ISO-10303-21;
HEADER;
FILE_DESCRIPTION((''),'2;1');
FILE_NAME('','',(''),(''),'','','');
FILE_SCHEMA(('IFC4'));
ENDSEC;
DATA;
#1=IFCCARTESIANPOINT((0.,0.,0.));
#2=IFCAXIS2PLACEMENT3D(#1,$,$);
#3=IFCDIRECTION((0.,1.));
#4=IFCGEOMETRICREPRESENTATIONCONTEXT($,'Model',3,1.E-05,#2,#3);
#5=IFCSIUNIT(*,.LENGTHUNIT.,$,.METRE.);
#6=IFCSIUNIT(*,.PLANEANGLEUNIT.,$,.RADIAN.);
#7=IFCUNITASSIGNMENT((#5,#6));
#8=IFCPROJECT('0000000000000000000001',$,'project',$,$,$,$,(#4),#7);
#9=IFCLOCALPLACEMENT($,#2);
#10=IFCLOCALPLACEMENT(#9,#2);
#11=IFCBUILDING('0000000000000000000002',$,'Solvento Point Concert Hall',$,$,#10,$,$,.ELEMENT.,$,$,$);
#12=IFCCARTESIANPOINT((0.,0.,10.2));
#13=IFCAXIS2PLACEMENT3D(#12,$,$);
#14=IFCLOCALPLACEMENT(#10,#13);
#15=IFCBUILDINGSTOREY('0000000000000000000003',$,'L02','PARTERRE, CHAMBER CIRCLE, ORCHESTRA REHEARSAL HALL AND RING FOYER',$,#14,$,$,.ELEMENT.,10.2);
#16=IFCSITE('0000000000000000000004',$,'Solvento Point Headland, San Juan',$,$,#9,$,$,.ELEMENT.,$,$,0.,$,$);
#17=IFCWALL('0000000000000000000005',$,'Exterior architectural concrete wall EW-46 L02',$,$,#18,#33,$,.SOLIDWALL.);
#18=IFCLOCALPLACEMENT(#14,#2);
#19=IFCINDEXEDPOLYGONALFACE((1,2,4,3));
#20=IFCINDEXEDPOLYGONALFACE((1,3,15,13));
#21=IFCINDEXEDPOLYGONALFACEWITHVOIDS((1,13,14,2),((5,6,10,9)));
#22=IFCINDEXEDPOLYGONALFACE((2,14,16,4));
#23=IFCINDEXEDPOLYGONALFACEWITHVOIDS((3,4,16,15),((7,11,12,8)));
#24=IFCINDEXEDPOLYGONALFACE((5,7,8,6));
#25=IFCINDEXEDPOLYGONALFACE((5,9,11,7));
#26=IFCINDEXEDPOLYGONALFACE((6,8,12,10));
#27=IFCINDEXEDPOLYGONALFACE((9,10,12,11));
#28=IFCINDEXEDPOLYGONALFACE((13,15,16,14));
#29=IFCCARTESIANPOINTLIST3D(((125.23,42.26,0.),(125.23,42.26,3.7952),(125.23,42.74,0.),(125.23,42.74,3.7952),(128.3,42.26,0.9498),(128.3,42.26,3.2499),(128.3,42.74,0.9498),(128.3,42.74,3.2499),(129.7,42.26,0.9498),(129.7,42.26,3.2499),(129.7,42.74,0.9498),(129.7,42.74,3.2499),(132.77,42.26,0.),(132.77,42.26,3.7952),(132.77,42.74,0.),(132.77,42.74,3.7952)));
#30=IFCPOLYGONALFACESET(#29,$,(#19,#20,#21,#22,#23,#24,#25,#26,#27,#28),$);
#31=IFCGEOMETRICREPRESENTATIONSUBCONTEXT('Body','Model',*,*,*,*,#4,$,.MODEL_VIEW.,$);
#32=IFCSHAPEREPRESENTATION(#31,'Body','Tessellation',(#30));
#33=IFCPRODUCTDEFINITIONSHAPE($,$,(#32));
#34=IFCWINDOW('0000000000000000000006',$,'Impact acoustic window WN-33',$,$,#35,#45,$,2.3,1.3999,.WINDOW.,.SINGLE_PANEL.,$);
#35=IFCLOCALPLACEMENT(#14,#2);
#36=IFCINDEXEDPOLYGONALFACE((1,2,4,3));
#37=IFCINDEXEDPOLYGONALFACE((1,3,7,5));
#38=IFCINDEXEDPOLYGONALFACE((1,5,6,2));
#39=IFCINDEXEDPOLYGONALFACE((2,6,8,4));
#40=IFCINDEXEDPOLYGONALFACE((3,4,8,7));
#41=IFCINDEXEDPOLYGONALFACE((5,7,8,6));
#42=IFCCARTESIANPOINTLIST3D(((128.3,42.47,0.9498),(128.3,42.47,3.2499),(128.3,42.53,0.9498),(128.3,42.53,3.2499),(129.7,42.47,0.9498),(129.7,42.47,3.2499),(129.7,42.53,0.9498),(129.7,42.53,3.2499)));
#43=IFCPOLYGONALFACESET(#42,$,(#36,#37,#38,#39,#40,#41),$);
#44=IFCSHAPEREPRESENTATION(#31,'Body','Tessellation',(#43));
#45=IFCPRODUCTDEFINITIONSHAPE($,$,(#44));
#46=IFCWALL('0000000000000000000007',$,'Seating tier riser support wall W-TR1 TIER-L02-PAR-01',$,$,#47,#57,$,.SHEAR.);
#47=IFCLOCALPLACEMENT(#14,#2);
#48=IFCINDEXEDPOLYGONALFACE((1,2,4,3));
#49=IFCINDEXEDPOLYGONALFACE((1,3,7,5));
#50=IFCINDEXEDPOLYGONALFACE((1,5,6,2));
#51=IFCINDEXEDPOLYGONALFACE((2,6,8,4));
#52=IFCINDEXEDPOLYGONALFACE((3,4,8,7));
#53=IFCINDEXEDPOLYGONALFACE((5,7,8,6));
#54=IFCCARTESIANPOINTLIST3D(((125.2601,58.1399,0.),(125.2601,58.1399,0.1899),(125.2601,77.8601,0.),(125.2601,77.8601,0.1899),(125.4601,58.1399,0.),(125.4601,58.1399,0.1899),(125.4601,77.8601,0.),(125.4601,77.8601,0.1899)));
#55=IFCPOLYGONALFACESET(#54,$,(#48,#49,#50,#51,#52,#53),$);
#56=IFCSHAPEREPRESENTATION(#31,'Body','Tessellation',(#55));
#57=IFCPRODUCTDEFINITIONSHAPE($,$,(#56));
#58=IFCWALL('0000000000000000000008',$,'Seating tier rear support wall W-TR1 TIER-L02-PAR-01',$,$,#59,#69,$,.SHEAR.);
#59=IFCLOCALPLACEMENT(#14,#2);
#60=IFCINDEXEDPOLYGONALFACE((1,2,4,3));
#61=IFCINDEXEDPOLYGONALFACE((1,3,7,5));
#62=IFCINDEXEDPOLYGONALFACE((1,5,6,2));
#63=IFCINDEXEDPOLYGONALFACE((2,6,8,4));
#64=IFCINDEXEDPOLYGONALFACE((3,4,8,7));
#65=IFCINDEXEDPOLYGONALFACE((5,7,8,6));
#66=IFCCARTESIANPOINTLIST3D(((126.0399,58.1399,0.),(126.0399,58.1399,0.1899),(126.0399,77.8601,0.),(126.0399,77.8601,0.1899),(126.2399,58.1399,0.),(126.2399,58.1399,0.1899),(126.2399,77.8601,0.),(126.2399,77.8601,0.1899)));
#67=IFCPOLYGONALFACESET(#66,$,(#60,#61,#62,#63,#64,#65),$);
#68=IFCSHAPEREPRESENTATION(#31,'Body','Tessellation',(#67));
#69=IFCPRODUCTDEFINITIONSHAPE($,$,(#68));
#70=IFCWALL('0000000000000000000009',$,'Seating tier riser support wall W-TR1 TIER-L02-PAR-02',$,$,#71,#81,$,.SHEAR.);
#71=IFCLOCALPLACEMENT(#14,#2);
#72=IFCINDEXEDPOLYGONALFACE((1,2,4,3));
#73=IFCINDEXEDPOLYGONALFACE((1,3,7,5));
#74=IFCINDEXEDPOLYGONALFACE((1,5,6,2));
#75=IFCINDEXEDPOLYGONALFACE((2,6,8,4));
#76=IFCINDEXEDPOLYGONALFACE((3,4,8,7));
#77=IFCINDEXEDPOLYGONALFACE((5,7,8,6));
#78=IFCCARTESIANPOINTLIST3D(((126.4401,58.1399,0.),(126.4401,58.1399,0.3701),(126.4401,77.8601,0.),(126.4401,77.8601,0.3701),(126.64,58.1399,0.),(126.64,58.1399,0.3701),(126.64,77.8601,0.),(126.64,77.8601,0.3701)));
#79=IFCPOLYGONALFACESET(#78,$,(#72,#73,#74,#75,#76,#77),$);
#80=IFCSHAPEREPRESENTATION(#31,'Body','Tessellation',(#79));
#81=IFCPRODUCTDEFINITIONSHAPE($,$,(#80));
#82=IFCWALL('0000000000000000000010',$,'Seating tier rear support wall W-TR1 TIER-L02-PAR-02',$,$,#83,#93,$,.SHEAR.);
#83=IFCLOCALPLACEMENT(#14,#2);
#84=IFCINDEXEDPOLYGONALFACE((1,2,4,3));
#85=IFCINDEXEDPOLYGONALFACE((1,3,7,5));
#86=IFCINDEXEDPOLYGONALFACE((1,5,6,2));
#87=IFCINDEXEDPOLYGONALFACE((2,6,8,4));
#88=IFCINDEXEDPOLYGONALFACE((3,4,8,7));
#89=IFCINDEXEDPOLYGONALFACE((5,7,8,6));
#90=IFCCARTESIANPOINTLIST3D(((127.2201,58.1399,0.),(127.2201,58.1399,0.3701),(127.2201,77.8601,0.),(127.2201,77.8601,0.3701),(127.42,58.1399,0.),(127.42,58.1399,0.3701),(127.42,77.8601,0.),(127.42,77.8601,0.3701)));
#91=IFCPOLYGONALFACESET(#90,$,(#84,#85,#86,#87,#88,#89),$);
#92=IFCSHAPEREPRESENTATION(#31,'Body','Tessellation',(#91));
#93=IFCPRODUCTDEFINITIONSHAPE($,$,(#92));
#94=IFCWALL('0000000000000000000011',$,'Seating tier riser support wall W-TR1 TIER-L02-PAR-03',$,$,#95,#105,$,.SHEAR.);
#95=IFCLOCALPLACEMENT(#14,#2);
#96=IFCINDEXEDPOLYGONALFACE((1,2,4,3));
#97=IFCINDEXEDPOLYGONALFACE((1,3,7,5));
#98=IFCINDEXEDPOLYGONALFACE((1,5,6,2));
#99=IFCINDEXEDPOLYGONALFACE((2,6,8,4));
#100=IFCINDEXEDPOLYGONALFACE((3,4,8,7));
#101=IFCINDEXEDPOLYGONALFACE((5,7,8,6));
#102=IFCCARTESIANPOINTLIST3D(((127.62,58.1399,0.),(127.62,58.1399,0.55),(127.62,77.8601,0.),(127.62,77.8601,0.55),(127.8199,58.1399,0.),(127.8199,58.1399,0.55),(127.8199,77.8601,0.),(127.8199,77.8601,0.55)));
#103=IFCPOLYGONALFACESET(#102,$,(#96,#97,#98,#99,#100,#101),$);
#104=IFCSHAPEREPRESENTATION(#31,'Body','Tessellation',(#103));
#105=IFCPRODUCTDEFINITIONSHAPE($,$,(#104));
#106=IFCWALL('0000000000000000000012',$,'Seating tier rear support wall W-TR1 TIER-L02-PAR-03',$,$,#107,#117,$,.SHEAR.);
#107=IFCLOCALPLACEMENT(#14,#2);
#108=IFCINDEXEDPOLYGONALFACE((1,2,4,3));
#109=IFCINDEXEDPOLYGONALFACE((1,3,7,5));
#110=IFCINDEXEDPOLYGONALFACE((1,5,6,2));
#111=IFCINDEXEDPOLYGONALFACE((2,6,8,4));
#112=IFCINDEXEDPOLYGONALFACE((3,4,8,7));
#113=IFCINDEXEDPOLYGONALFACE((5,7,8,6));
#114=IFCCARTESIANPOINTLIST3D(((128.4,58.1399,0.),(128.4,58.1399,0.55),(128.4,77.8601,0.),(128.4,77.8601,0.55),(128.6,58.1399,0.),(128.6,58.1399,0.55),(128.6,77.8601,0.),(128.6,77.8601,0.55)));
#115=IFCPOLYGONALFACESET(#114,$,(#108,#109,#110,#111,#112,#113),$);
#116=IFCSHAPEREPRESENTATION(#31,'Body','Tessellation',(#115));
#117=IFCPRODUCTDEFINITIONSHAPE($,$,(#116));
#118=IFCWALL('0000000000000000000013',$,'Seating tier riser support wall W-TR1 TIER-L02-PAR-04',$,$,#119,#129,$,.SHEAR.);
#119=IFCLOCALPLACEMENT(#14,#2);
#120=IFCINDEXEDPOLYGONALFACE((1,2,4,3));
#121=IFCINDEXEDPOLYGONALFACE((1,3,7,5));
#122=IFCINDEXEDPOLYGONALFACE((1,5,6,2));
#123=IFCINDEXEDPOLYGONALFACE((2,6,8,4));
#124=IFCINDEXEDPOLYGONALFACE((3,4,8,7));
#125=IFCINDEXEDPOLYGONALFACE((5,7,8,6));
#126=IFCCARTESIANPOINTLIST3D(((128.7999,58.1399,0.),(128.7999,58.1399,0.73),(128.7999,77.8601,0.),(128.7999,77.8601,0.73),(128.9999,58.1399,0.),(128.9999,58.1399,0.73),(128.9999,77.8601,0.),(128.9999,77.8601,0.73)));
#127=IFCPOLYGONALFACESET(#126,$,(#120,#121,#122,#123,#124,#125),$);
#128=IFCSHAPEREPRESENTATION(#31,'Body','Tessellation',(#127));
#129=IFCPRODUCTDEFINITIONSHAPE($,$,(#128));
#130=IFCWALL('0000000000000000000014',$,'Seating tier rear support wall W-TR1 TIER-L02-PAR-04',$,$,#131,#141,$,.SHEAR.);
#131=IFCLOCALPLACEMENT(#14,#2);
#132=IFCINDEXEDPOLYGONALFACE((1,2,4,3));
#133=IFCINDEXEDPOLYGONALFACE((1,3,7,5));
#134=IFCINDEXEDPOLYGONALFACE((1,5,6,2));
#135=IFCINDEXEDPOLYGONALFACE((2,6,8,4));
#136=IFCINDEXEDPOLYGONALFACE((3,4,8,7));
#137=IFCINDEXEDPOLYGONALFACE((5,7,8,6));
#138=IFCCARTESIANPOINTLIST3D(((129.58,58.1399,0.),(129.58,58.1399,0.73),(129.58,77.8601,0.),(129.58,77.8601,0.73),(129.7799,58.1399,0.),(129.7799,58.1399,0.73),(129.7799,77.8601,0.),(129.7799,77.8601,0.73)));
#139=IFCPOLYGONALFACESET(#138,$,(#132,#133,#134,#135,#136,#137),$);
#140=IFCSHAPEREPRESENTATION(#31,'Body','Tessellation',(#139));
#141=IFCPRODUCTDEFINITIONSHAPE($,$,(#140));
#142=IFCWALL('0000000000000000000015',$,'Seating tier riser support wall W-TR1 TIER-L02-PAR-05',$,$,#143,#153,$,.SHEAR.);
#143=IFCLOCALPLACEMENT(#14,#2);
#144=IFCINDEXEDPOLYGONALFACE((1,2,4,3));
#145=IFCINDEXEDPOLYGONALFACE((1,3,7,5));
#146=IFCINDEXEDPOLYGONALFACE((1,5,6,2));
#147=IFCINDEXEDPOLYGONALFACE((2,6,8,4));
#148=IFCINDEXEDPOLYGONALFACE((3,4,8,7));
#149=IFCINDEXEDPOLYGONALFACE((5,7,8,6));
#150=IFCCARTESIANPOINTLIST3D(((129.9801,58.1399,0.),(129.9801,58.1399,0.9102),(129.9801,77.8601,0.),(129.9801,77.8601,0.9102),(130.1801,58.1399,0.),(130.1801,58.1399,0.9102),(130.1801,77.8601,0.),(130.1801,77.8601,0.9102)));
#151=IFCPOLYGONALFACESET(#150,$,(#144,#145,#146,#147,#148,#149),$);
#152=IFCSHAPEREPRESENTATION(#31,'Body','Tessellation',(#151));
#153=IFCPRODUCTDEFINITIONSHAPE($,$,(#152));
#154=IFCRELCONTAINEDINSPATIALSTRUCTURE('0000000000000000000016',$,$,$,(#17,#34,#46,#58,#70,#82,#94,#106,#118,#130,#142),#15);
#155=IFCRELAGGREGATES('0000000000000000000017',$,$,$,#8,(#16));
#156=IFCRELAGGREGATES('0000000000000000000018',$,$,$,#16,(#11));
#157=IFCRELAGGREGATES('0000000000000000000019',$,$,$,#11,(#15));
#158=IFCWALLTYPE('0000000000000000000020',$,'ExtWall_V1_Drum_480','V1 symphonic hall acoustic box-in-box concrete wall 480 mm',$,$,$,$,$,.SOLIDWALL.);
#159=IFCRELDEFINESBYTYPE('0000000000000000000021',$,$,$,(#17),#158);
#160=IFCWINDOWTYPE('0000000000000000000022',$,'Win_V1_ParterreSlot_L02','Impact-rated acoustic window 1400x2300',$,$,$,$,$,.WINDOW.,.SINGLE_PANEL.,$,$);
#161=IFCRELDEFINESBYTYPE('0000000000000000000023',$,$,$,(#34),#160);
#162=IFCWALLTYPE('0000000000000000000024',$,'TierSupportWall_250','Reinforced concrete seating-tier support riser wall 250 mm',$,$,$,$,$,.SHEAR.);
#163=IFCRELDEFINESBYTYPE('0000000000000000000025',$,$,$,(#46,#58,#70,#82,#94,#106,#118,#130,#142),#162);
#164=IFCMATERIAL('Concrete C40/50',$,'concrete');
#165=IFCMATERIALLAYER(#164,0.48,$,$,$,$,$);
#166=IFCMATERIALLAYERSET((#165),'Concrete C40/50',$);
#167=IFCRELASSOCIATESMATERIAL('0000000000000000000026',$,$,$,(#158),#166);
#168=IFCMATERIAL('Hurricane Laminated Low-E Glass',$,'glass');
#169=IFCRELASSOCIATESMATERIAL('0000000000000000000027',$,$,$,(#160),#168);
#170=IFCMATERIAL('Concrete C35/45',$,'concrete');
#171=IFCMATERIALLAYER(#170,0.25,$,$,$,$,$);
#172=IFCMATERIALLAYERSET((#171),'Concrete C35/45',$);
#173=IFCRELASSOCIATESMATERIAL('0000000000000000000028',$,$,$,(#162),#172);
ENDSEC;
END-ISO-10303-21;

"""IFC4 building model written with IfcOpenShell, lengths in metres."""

from ifc_helpers import new_model, si_unit, direction, frame, frame_2d, origin, place, context, subcontext, project, spatial, rectangle, extrude, material, layer, layer_set, type_object, element, fill, save


model = new_model("IFC4")

# Units and contexts
model_context = context("Model", 3, precision=1e-05, world=origin(), true_north=direction((0.0, 1.0)))
body_context = subcontext(model_context, "Body", "Model", "MODEL_VIEW")
ifc_project = project(units=[si_unit("LENGTHUNIT", "METRE"), si_unit("PLANEANGLEUNIT", "RADIAN")], contexts=[model_context])

# Site, building, storey
site_placement = place(None, origin())
site = spatial("IfcSite", under=ifc_project, at=site_placement, Name="Solvento Point Headland, San Juan", CompositionType="ELEMENT", RefElevation=0.0)
building_placement = place(site_placement, origin())
building = spatial("IfcBuilding", under=site, at=building_placement, Name="Solvento Point Concert Hall", CompositionType="ELEMENT")
storey_placement = place(building_placement, frame((0.0, 0.0, 10.2)))
storey = spatial("IfcBuildingStorey", under=building, at=storey_placement, Name="L02", Description="PARTERRE, CHAMBER CIRCLE, ORCHESTRA REHEARSAL HALL AND RING FOYER", CompositionType="ELEMENT", Elevation=10.2)

# Wall, opening, window
ifc_material_1 = material(Name="Concrete C40/50", Category="concrete")
ifc_layer_1 = layer(ifc_material_1, 0.48)
ifc_layer_set_1 = layer_set([ifc_layer_1], Name="Concrete C40/50")
wall_type_1 = type_object("IfcWallType", Name="ExtWall_V1_Drum_480", Description="V1 symphonic hall acoustic box-in-box concrete wall 480 mm", PredefinedType="SOLIDWALL", material=ifc_layer_set_1)
ifc_material_2 = material(Name="Hurricane Laminated Low-E Glass", Category="glass")
window_type = type_object("IfcWindowType", Name="Win_V1_ParterreSlot_L02", Description="Impact-rated acoustic window 1400x2300", PartitioningType="SINGLE_PANEL", PredefinedType="WINDOW", material=ifc_material_2)
wall_1_placement = place(storey_placement, frame((132.77, 42.5, 0.0), z_axis=(0.0, 0.0, 1.0), x_axis=(-1.0, 0.0, 0.0)))
wall_1 = element("IfcWall", 1, at=wall_1_placement, inside=storey, type_object=wall_type_1, Name="Exterior architectural concrete wall EW-46 L02", PredefinedType="SOLIDWALL", context=body_context, shape_type="SweptSolid", body=[
    extrude(rectangle(XDim=7.54, YDim=0.48, at=frame_2d((3.77, 0.0))), origin(), (0.0, 0.0, 1.0), 3.7952),
])
opening_1_placement = place(wall_1_placement, frame((3.0701, 0.0, 0.95)))
opening_1 = element("IfcOpeningElement", 2, at=opening_1_placement, cuts=wall_1, PredefinedType="OPENING", context=body_context, shape_type="SweptSolid", body=[
    extrude(rectangle(XDim=1.3999, YDim=2.3, at=frame_2d((0.7, 1.1499))), frame((0.0, 0.25, 0.0), z_axis=(0.0, -1.0, 0.0), x_axis=(1.0, 0.0, 0.0)), (0.0, 0.0, 1.0), 0.5),
])
window_1_placement = place(opening_1_placement, origin())
window_1 = element("IfcWindow", 3, at=window_1_placement, inside=storey, type_object=window_type, Name="Impact acoustic window WN-33", OverallHeight=2.3, OverallWidth=1.3999, PartitioningType="SINGLE_PANEL", PredefinedType="WINDOW", context=body_context, shape_type="SweptSolid", body=[
    extrude(rectangle(XDim=1.3999, YDim=2.3, at=frame_2d((0.7, 1.1499))), frame((0.0, 0.03, 0.0), z_axis=(0.0, -1.0, 0.0), x_axis=(1.0, 0.0, 0.0)), (0.0, 0.0, 1.0), 0.0601),
])
fill(opening_1, window_1)

# Walls
ifc_material_3 = material(Name="Concrete C35/45", Category="concrete")
ifc_layer_2 = layer(ifc_material_3, 0.25)
ifc_layer_set_2 = layer_set([ifc_layer_2], Name="Concrete C35/45")
wall_type_2 = type_object("IfcWallType", Name="TierSupportWall_250", Description="Reinforced concrete seating-tier support riser wall 250 mm", PredefinedType="SHEAR", material=ifc_layer_set_2)
for number, where, z_axis, x_axis, name in (
    (4, (125.3601, 58.1399, 0.0), (0.0, 0.0, 1.0), (0.0, 1.0, 0.0), "Seating tier riser support wall W-TR1 TIER-L02-PAR-01"),
    (5, (126.1399, 58.1399, 0.0), (0.0, 0.0, 1.0), (0.0, 1.0, 0.0), "Seating tier rear support wall W-TR1 TIER-L02-PAR-01"),
):
    element("IfcWall", number, at=place(storey_placement, frame(where, z_axis=z_axis, x_axis=x_axis)), inside=storey, type_object=wall_type_2, Name=name, PredefinedType="SHEAR", context=body_context, shape_type="SweptSolid", body=[
        extrude(rectangle(XDim=19.7202, YDim=0.2, at=frame_2d((9.8601, 0.0))), origin(), (0.0, 0.0, 1.0), 0.1899),
    ])
for number, where, z_axis, x_axis, name in (
    (6, (126.54, 58.1399, 0.0), (0.0, 0.0, 1.0), (0.0, 1.0, 0.0), "Seating tier riser support wall W-TR1 TIER-L02-PAR-02"),
    (7, (127.3201, 58.1399, 0.0), (0.0, 0.0, 1.0), (0.0, 1.0, 0.0), "Seating tier rear support wall W-TR1 TIER-L02-PAR-02"),
):
    element("IfcWall", number, at=place(storey_placement, frame(where, z_axis=z_axis, x_axis=x_axis)), inside=storey, type_object=wall_type_2, Name=name, PredefinedType="SHEAR", context=body_context, shape_type="SweptSolid", body=[
        extrude(rectangle(XDim=19.7202, YDim=0.2, at=frame_2d((9.8601, 0.0))), origin(), (0.0, 0.0, 1.0), 0.3701),
    ])
for number, where, z_axis, x_axis, name in (
    (8, (127.72, 58.1399, 0.0), (0.0, 0.0, 1.0), (0.0, 1.0, 0.0), "Seating tier riser support wall W-TR1 TIER-L02-PAR-03"),
    (9, (128.5, 58.1399, 0.0), (0.0, 0.0, 1.0), (0.0, 1.0, 0.0), "Seating tier rear support wall W-TR1 TIER-L02-PAR-03"),
):
    element("IfcWall", number, at=place(storey_placement, frame(where, z_axis=z_axis, x_axis=x_axis)), inside=storey, type_object=wall_type_2, Name=name, PredefinedType="SHEAR", context=body_context, shape_type="SweptSolid", body=[
        extrude(rectangle(XDim=19.7202, YDim=0.2, at=frame_2d((9.8601, 0.0))), origin(), (0.0, 0.0, 1.0), 0.55),
    ])
for number, where, z_axis, x_axis, name in (
    (10, (128.8999, 58.1399, 0.0), (0.0, 0.0, 1.0), (0.0, 1.0, 0.0), "Seating tier riser support wall W-TR1 TIER-L02-PAR-04"),
    (11, (129.6799, 58.1399, 0.0), (0.0, 0.0, 1.0), (0.0, 1.0, 0.0), "Seating tier rear support wall W-TR1 TIER-L02-PAR-04"),
):
    element("IfcWall", number, at=place(storey_placement, frame(where, z_axis=z_axis, x_axis=x_axis)), inside=storey, type_object=wall_type_2, Name=name, PredefinedType="SHEAR", context=body_context, shape_type="SweptSolid", body=[
        extrude(rectangle(XDim=19.7202, YDim=0.2, at=frame_2d((9.8601, 0.0))), origin(), (0.0, 0.0, 1.0), 0.73),
    ])
wall_2_placement = place(storey_placement, frame((130.0801, 58.1399, 0.0), z_axis=(0.0, 0.0, 1.0), x_axis=(0.0, 1.0, 0.0)))
element("IfcWall", 12, at=wall_2_placement, inside=storey, type_object=wall_type_2, Name="Seating tier riser support wall W-TR1 TIER-L02-PAR-05", PredefinedType="SHEAR", context=body_context, shape_type="SweptSolid", body=[
    extrude(rectangle(XDim=19.7202, YDim=0.2, at=frame_2d((9.8601, 0.0))), origin(), (0.0, 0.0, 1.0), 0.9102),
])

save(model, "model.ifc")
